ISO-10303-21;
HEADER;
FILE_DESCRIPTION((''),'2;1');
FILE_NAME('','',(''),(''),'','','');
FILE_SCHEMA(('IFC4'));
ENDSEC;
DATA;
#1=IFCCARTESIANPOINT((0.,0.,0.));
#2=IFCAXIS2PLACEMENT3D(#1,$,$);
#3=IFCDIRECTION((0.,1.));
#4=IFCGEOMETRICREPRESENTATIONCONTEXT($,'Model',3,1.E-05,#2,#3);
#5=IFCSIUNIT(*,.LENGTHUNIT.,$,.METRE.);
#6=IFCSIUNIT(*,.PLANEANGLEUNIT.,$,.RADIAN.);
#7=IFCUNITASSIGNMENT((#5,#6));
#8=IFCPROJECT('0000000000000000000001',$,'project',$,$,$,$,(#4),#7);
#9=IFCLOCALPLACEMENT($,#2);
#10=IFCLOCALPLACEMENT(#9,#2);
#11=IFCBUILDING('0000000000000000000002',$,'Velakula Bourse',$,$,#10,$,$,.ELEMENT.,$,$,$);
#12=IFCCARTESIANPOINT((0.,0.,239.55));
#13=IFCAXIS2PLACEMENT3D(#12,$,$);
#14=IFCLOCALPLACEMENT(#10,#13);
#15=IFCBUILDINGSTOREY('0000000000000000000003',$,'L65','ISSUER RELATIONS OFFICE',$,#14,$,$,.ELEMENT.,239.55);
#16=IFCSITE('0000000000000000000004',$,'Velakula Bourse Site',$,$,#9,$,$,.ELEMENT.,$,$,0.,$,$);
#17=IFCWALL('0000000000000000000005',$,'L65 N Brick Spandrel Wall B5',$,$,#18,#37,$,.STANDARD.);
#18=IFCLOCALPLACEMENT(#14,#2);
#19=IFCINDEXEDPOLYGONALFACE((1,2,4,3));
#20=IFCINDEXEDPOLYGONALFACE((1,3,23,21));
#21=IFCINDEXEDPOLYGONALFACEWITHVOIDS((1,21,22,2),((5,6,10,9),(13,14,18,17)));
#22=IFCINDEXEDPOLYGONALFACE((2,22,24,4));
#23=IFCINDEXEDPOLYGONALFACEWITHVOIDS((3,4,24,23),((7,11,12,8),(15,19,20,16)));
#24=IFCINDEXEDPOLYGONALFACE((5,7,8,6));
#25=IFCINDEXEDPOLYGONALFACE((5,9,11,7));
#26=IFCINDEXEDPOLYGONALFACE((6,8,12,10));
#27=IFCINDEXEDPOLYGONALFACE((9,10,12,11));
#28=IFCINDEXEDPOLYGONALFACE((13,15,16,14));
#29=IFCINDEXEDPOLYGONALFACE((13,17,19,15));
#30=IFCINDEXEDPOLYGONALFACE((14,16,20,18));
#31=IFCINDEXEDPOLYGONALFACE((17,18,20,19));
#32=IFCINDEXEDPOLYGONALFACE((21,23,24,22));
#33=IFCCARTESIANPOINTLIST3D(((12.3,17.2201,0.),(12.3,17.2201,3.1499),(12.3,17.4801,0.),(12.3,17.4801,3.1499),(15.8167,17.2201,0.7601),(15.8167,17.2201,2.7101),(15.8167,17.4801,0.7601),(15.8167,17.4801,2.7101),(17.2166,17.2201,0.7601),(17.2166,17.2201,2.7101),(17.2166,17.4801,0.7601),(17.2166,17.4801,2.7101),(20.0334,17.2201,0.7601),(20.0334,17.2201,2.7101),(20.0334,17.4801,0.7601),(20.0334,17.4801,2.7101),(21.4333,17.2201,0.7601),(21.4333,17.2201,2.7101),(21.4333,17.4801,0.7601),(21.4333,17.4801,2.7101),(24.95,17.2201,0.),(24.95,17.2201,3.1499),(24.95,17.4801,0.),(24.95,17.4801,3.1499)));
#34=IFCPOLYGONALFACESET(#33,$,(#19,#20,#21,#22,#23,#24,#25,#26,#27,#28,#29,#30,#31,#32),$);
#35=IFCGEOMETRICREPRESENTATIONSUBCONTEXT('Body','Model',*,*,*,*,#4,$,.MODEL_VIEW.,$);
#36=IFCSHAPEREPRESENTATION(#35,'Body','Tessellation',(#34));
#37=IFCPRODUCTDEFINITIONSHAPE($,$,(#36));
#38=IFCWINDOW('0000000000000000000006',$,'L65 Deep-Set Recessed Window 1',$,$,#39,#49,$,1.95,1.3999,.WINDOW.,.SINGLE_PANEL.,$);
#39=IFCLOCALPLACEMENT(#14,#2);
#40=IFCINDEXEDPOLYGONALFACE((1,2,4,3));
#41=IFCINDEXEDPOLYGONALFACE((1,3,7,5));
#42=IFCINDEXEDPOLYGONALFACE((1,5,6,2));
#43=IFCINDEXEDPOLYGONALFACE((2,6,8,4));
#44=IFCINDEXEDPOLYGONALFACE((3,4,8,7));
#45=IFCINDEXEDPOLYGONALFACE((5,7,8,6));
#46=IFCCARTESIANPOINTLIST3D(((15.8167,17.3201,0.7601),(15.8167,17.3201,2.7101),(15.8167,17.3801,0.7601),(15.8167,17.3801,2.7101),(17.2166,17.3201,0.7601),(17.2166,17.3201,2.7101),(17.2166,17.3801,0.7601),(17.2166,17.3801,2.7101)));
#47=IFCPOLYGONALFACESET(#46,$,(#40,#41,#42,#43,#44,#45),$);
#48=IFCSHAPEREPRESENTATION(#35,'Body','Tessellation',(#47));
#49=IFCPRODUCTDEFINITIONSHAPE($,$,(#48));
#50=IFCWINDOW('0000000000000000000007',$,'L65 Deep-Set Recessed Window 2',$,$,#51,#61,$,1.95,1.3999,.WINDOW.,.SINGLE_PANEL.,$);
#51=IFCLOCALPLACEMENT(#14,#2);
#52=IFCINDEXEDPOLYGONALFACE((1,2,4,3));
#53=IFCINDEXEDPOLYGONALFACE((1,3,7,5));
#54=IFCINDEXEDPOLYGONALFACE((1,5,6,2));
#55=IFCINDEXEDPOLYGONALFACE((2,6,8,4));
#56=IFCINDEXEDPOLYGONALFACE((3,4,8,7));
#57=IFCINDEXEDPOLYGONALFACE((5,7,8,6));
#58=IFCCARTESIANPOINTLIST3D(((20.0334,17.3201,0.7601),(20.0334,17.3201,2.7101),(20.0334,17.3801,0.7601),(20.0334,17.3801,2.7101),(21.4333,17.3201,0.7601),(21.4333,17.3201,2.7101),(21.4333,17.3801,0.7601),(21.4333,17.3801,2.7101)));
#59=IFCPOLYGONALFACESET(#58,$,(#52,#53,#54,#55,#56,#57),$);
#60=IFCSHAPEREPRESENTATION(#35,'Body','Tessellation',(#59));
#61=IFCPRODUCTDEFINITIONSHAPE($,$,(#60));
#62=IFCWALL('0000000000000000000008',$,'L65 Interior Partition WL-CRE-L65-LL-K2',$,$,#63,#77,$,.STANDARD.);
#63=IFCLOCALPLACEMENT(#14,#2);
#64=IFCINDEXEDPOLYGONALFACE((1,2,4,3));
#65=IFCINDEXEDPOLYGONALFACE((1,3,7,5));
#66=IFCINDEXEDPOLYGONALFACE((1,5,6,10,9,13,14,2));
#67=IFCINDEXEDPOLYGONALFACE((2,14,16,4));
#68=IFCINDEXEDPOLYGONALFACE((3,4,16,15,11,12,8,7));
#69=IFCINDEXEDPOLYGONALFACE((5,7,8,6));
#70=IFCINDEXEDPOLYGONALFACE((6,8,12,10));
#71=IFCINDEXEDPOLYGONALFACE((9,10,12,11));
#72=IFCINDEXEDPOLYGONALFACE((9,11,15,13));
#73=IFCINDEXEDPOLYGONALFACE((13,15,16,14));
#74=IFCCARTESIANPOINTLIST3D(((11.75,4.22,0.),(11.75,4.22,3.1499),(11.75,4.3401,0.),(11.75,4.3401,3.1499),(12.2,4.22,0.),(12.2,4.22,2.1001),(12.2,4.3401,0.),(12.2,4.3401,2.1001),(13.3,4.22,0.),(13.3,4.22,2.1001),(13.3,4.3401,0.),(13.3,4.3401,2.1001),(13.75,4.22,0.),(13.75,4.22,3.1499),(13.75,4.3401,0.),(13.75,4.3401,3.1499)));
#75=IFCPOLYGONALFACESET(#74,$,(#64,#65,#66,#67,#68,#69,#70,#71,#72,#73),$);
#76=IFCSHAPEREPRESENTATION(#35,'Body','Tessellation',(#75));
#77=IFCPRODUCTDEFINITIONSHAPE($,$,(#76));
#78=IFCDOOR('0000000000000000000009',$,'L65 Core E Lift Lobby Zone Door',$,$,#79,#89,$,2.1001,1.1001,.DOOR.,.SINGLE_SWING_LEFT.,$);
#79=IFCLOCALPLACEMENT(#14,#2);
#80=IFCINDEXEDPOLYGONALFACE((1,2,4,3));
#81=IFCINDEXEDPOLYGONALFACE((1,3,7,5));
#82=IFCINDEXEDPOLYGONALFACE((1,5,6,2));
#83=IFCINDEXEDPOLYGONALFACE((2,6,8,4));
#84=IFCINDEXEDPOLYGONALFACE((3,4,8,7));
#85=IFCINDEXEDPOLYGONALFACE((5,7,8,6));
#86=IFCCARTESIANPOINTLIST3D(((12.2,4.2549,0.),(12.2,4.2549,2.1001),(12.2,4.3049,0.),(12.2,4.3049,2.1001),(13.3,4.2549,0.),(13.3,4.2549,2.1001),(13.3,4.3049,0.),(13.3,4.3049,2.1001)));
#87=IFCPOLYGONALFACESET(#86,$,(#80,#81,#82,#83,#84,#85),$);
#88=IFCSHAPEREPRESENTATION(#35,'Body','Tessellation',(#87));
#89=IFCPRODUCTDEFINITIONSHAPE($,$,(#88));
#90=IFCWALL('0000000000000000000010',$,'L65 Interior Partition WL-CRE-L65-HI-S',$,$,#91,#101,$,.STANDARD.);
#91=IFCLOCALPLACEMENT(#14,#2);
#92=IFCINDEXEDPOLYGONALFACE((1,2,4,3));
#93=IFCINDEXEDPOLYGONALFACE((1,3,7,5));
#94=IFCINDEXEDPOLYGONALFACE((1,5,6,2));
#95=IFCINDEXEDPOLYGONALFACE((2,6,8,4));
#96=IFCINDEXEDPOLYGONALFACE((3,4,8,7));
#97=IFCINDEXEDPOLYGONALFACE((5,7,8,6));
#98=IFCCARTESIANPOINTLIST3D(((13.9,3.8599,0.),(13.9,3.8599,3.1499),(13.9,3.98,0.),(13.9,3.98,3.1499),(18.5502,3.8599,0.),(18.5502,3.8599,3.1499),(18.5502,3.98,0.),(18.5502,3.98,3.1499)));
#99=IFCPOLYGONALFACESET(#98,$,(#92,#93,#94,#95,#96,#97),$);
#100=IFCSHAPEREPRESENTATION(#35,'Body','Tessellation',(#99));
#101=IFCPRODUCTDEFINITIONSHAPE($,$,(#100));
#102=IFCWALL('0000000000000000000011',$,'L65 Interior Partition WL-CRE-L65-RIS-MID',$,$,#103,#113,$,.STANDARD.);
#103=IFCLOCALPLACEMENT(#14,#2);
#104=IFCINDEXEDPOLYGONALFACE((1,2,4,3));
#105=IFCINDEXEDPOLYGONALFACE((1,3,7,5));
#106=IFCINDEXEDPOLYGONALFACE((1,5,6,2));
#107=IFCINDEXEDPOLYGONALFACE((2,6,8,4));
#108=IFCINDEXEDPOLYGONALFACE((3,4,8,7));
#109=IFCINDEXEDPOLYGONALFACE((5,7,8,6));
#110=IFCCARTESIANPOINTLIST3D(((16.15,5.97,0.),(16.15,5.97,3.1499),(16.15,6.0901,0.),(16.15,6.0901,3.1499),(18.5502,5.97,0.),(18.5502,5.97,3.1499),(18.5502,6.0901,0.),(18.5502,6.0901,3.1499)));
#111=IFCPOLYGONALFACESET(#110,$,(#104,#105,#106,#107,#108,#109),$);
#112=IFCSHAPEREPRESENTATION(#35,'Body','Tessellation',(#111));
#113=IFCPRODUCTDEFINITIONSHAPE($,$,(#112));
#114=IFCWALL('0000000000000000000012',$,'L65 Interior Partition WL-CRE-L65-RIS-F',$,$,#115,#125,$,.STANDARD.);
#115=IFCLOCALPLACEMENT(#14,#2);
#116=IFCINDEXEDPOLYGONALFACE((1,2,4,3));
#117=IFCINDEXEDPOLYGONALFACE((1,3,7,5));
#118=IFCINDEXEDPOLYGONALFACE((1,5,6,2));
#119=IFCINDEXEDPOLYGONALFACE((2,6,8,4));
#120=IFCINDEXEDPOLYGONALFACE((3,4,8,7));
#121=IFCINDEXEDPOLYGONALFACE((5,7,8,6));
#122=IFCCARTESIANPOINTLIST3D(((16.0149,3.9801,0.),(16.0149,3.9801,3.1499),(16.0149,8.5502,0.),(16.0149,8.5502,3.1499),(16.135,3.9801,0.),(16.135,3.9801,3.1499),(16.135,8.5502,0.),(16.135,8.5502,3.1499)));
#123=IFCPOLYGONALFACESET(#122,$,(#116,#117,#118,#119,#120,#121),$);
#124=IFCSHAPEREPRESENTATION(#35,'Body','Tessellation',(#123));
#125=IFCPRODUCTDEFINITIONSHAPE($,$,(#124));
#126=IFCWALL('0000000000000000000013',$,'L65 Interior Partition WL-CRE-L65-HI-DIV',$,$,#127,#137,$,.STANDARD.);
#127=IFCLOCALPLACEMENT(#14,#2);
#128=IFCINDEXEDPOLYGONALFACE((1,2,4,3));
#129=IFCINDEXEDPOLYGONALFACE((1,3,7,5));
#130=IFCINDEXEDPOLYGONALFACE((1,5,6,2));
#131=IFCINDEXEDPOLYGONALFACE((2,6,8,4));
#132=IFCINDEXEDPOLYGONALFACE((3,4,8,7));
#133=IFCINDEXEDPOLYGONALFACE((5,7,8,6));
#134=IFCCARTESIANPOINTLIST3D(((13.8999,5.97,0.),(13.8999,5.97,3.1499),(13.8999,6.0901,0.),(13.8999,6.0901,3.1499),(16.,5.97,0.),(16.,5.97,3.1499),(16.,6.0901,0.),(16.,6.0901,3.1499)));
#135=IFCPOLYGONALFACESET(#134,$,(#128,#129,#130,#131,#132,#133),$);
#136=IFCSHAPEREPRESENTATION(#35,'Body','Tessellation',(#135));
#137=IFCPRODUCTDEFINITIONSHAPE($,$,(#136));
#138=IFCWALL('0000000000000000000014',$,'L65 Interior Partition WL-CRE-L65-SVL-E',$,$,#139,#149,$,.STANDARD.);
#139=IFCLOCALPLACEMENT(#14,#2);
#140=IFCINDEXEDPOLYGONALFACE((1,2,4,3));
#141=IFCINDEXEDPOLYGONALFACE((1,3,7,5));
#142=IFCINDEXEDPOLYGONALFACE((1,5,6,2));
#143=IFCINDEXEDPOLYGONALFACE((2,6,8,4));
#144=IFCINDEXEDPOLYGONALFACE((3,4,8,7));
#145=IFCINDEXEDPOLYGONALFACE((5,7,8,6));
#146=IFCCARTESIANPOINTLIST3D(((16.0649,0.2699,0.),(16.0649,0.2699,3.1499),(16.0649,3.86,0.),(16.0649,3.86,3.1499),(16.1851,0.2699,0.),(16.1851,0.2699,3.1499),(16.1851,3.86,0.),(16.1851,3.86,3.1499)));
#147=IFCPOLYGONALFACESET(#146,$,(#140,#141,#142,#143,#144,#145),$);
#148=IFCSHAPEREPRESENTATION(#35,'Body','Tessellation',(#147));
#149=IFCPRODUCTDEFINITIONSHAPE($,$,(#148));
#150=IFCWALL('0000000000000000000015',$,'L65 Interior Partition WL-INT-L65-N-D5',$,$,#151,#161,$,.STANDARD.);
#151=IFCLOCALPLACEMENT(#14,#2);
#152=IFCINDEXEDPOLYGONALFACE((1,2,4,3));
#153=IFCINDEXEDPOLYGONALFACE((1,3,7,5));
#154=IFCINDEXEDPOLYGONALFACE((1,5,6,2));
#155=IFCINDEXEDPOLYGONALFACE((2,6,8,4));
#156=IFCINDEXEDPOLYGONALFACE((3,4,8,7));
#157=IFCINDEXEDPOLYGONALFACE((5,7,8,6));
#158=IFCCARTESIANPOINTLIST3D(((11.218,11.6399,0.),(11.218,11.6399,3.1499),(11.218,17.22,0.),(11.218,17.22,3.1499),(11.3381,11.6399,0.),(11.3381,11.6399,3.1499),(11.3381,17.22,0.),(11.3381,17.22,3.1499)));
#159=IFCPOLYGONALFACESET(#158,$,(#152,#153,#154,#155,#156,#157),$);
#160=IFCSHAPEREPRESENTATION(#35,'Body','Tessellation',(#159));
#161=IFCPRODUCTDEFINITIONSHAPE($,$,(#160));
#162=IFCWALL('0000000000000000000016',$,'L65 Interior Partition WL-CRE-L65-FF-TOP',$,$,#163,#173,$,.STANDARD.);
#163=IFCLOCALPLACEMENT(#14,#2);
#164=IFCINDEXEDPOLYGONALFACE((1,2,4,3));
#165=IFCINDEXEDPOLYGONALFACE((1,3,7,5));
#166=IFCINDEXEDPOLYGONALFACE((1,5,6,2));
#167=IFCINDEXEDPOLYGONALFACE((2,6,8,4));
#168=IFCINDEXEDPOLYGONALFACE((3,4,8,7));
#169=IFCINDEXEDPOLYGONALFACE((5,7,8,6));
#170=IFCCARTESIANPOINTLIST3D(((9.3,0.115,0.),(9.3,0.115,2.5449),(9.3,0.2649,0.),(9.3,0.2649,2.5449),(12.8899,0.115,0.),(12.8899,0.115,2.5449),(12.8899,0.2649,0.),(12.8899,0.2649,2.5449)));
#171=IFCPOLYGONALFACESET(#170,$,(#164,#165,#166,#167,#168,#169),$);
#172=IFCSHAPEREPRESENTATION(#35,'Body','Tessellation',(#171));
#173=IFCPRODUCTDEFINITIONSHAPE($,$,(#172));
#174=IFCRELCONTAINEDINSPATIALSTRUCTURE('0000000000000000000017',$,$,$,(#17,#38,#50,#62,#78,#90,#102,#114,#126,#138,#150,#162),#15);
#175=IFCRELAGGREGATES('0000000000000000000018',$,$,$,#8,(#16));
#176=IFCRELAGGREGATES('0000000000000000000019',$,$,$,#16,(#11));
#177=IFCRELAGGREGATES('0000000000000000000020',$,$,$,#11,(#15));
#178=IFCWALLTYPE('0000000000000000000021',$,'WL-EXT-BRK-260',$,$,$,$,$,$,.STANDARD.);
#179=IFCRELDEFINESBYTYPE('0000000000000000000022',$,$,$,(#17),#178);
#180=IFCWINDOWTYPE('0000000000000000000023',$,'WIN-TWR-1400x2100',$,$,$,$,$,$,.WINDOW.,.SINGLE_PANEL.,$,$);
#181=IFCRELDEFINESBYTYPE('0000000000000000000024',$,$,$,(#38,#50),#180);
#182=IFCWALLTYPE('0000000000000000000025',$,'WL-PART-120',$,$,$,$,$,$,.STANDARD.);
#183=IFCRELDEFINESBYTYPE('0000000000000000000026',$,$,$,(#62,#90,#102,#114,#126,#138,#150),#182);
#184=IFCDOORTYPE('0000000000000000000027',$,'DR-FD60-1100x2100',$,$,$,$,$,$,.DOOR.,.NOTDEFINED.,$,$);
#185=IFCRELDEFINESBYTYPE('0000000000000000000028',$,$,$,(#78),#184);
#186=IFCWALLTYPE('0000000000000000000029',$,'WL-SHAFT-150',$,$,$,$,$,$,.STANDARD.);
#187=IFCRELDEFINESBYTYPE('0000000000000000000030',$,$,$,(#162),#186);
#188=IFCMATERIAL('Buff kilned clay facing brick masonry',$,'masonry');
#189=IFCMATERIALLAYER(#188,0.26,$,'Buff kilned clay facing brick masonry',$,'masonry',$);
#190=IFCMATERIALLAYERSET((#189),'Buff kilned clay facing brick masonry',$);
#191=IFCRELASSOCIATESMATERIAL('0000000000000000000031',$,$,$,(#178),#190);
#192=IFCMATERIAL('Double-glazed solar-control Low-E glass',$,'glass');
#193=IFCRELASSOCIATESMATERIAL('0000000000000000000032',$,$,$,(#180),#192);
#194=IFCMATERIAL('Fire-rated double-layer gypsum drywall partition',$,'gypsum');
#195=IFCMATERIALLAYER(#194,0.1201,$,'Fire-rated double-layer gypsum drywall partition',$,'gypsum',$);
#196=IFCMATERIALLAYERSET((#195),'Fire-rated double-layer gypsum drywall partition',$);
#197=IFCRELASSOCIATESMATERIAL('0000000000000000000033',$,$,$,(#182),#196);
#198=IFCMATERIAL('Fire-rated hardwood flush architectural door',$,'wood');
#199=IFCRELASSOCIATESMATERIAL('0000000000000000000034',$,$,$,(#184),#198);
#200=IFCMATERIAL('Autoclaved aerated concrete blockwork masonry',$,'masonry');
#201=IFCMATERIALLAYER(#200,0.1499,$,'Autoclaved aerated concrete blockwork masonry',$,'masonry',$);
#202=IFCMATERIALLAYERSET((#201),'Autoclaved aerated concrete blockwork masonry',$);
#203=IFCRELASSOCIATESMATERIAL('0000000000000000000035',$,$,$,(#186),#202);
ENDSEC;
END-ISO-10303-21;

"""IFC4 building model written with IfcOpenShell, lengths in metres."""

from ifc_helpers import new_model, si_unit, direction, frame, frame_2d, origin, place, context, subcontext, project, spatial, rectangle, extrude, material, layer, layer_set, type_object, element, fill, save


model = new_model("IFC4")

# Units and contexts
model_context = context("Model", 3, precision=1e-05, world=origin(), true_north=direction((0.0, 1.0)))
body_context = subcontext(model_context, "Body", "Model", "MODEL_VIEW")
ifc_project = project(units=[si_unit("LENGTHUNIT", "METRE"), si_unit("PLANEANGLEUNIT", "RADIAN")], contexts=[model_context])

# Site, building, storey
site_placement = place(None, origin())
site = spatial("IfcSite", under=ifc_project, at=site_placement, Name="Velakula Bourse Site", CompositionType="ELEMENT", RefElevation=0.0)
building_placement = place(site_placement, origin())
building = spatial("IfcBuilding", under=site, at=building_placement, Name="Velakula Bourse", CompositionType="ELEMENT")
storey_placement = place(building_placement, frame((0.0, 0.0, 239.55)))
storey = spatial("IfcBuildingStorey", under=building, at=storey_placement, Name="L65", Description="ISSUER RELATIONS OFFICE", CompositionType="ELEMENT", Elevation=239.55)

# Wall, openings, windows
ifc_material_1 = material(Name="Buff kilned clay facing brick masonry", Category="masonry")
ifc_layer_1 = layer(ifc_material_1, 0.26, Name="Buff kilned clay facing brick masonry", Category="masonry")
ifc_layer_set_1 = layer_set([ifc_layer_1], Name="Buff kilned clay facing brick masonry")
wall_type_1 = type_object("IfcWallType", Name="WL-EXT-BRK-260", PredefinedType="STANDARD", material=ifc_layer_set_1)
wall_1_placement = place(storey_placement, frame((12.3, 17.3501, 0.0), z_axis=(0.0, 0.0, 1.0), x_axis=(1.0, 0.0, 0.0)))
wall_1 = element("IfcWall", 1, at=wall_1_placement, inside=storey, type_object=wall_type_1, Name="L65 N Brick Spandrel Wall B5", PredefinedType="STANDARD", context=body_context, shape_type="SweptSolid", body=[
    extrude(rectangle(XDim=12.6499, YDim=0.26, at=frame_2d((6.325, 0.0))), origin(), (0.0, 0.0, 1.0), 3.1499),
])
opening_1_placement = place(wall_1_placement, frame((3.5166, 0.0, 0.76)))
opening_1 = element("IfcOpeningElement", 2, at=opening_1_placement, cuts=wall_1, PredefinedType="OPENING", context=body_context, shape_type="SweptSolid", body=[
    extrude(rectangle(XDim=1.3999, YDim=1.95, at=frame_2d((0.7, 0.9751))), frame((0.0, 0.1399, 0.0), z_axis=(0.0, -1.0, 0.0), x_axis=(1.0, 0.0, 0.0)), (0.0, 0.0, 1.0), 0.28),
])
opening_2_placement = place(wall_1_placement, frame((7.7334, 0.0, 0.76)))
opening_2 = element("IfcOpeningElement", 3, at=opening_2_placement, cuts=wall_1, PredefinedType="OPENING", context=body_context, shape_type="SweptSolid", body=[
    extrude(rectangle(XDim=1.3999, YDim=1.95, at=frame_2d((0.7, 0.9751))), frame((0.0, 0.1399, 0.0), z_axis=(0.0, -1.0, 0.0), x_axis=(1.0, 0.0, 0.0)), (0.0, 0.0, 1.0), 0.28),
])
ifc_material_2 = material(Name="Double-glazed solar-control Low-E glass", Category="glass")
window_type = type_object("IfcWindowType", Name="WIN-TWR-1400x2100", PartitioningType="SINGLE_PANEL", PredefinedType="WINDOW", material=ifc_material_2)
window_1_placement = place(opening_1_placement, origin())
window_1 = element("IfcWindow", 4, at=window_1_placement, inside=storey, type_object=window_type, Name="L65 Deep-Set Recessed Window 1", OverallHeight=1.95, OverallWidth=1.3999, PartitioningType="SINGLE_PANEL", PredefinedType="WINDOW", context=body_context, shape_type="SweptSolid", body=[
    extrude(rectangle(XDim=1.3999, YDim=1.95, at=frame_2d((0.7, 0.9751))), frame((0.0, 0.03, 0.0), z_axis=(0.0, -1.0, 0.0), x_axis=(1.0, 0.0, 0.0)), (0.0, 0.0, 1.0), 0.0601),
])
fill(opening_1, window_1)
window_2_placement = place(opening_2_placement, origin())
window_2 = element("IfcWindow", 5, at=window_2_placement, inside=storey, type_object=window_type, Name="L65 Deep-Set Recessed Window 2", OverallHeight=1.95, OverallWidth=1.3999, PartitioningType="SINGLE_PANEL", PredefinedType="WINDOW", context=body_context, shape_type="SweptSolid", body=[
    extrude(rectangle(XDim=1.3999, YDim=1.95, at=frame_2d((0.7, 0.9751))), frame((0.0, 0.03, 0.0), z_axis=(0.0, -1.0, 0.0), x_axis=(1.0, 0.0, 0.0)), (0.0, 0.0, 1.0), 0.0601),
])
fill(opening_2, window_2)

# Wall, opening, door
ifc_material_3 = material(Name="Fire-rated double-layer gypsum drywall partition", Category="gypsum")
ifc_layer_2 = layer(ifc_material_3, 0.1201, Name="Fire-rated double-layer gypsum drywall partition", Category="gypsum")
ifc_layer_set_2 = layer_set([ifc_layer_2], Name="Fire-rated double-layer gypsum drywall partition")
wall_type_2 = type_object("IfcWallType", Name="WL-PART-120", PredefinedType="STANDARD", material=ifc_layer_set_2)
wall_2_placement = place(storey_placement, frame((11.75, 4.28, 0.0), z_axis=(0.0, 0.0, 1.0), x_axis=(1.0, 0.0, 0.0)))
wall_2 = element("IfcWall", 6, at=wall_2_placement, inside=storey, type_object=wall_type_2, Name="L65 Interior Partition WL-CRE-L65-LL-K2", PredefinedType="STANDARD", context=body_context, shape_type="SweptSolid", body=[
    extrude(rectangle(XDim=2.0, YDim=0.1201, at=frame_2d((1.0, 0.0))), origin(), (0.0, 0.0, 1.0), 3.1499),
])
opening_3_placement = place(wall_2_placement, frame((0.45, 0.0, 0.0)))
opening_3 = element("IfcOpeningElement", 7, at=opening_3_placement, cuts=wall_2, PredefinedType="OPENING", context=body_context, shape_type="SweptSolid", body=[
    extrude(rectangle(XDim=1.1001, YDim=2.1001, at=frame_2d((0.55, 1.05))), frame((0.0, 0.0701, 0.0), z_axis=(0.0, -1.0, 0.0), x_axis=(1.0, 0.0, 0.0)), (0.0, 0.0, 1.0), 0.1401),
])
ifc_material_4 = material(Name="Fire-rated hardwood flush architectural door", Category="wood")
door_type_1 = type_object("IfcDoorType", Name="DR-FD60-1100x2100", OperationType="NOTDEFINED", PredefinedType="DOOR", material=ifc_material_4)
door_1_placement = place(opening_3_placement, origin())
door_1 = element("IfcDoor", 8, at=door_1_placement, inside=storey, type_object=door_type_1, Name="L65 Core E Lift Lobby Zone Door", OperationType="SINGLE_SWING_LEFT", OverallHeight=2.1001, OverallWidth=1.1001, PredefinedType="DOOR", context=body_context, shape_type="SweptSolid", body=[
    extrude(rectangle(XDim=1.1001, YDim=2.1001, at=frame_2d((0.55, 1.05))), frame((0.0, 0.0249, 0.0), z_axis=(0.0, -1.0, 0.0), x_axis=(1.0, 0.0, 0.0)), (0.0, 0.0, 1.0), 0.05),
])
fill(opening_3, door_1)

# Walls
wall_3_placement = place(storey_placement, frame((13.8999, 3.9199, 0.0), z_axis=(0.0, 0.0, 1.0), x_axis=(1.0, 0.0, 0.0)))
element("IfcWall", 9, at=wall_3_placement, inside=storey, type_object=wall_type_2, Name="L65 Interior Partition WL-CRE-L65-HI-S", PredefinedType="STANDARD", context=body_context, shape_type="SweptSolid", body=[
    extrude(rectangle(XDim=4.6501, YDim=0.1201, at=frame_2d((2.3252, 0.0))), origin(), (0.0, 0.0, 1.0), 3.1499),
])
wall_4_placement = place(storey_placement, frame((16.1499, 6.03, 0.0), z_axis=(0.0, 0.0, 1.0), x_axis=(1.0, 0.0, 0.0)))
element("IfcWall", 10, at=wall_4_placement, inside=storey, type_object=wall_type_2, Name="L65 Interior Partition WL-CRE-L65-RIS-MID", PredefinedType="STANDARD", context=body_context, shape_type="SweptSolid", body=[
    extrude(rectangle(XDim=2.4001, YDim=0.1201, at=frame_2d((1.2002, 0.0))), origin(), (0.0, 0.0, 1.0), 3.1499),
])
wall_5_placement = place(storey_placement, frame((16.075, 3.98, 0.0), z_axis=(0.0, 0.0, 1.0), x_axis=(0.0, 1.0, 0.0)))
element("IfcWall", 11, at=wall_5_placement, inside=storey, type_object=wall_type_2, Name="L65 Interior Partition WL-CRE-L65-RIS-F", PredefinedType="STANDARD", context=body_context, shape_type="SweptSolid", body=[
    extrude(rectangle(XDim=4.5701, YDim=0.1201, at=frame_2d((2.2852, 0.0))), origin(), (0.0, 0.0, 1.0), 3.1499),
])
wall_6_placement = place(storey_placement, frame((13.8999, 6.03, 0.0), z_axis=(0.0, 0.0, 1.0), x_axis=(1.0, 0.0, 0.0)))
element("IfcWall", 12, at=wall_6_placement, inside=storey, type_object=wall_type_2, Name="L65 Interior Partition WL-CRE-L65-HI-DIV", PredefinedType="STANDARD", context=body_context, shape_type="SweptSolid", body=[
    extrude(rectangle(XDim=2.1001, YDim=0.1201, at=frame_2d((1.05, 0.0))), origin(), (0.0, 0.0, 1.0), 3.1499),
])
wall_7_placement = place(storey_placement, frame((16.125, 0.27, 0.0), z_axis=(0.0, 0.0, 1.0), x_axis=(0.0, 1.0, 0.0)))
element("IfcWall", 13, at=wall_7_placement, inside=storey, type_object=wall_type_2, Name="L65 Interior Partition WL-CRE-L65-SVL-E", PredefinedType="STANDARD", context=body_context, shape_type="SweptSolid", body=[
    extrude(rectangle(XDim=3.5901, YDim=0.1201, at=frame_2d((1.7949, 0.0))), origin(), (0.0, 0.0, 1.0), 3.1499),
])
wall_8_placement = place(storey_placement, frame((11.2781, 11.6399, 0.0), z_axis=(0.0, 0.0, 1.0), x_axis=(0.0, 1.0, 0.0)))
element("IfcWall", 14, at=wall_8_placement, inside=storey, type_object=wall_type_2, Name="L65 Interior Partition WL-INT-L65-N-D5", PredefinedType="STANDARD", context=body_context, shape_type="SweptSolid", body=[
    extrude(rectangle(XDim=5.5801, YDim=0.1201, at=frame_2d((2.79, 0.0))), origin(), (0.0, 0.0, 1.0), 3.1499),
])
ifc_material_5 = material(Name="Autoclaved aerated concrete blockwork masonry", Category="masonry")
ifc_layer_3 = layer(ifc_material_5, 0.1499, Name="Autoclaved aerated concrete blockwork masonry", Category="masonry")
ifc_layer_set_3 = layer_set([ifc_layer_3], Name="Autoclaved aerated concrete blockwork masonry")
wall_type_3 = type_object("IfcWallType", Name="WL-SHAFT-150", PredefinedType="STANDARD", material=ifc_layer_set_3)
wall_9_placement = place(storey_placement, frame((9.3, 0.1899, 0.0), z_axis=(0.0, 0.0, 1.0), x_axis=(1.0, 0.0, 0.0)))
element("IfcWall", 15, at=wall_9_placement, inside=storey, type_object=wall_type_3, Name="L65 Interior Partition WL-CRE-L65-FF-TOP", PredefinedType="STANDARD", context=body_context, shape_type="SweptSolid", body=[
    extrude(rectangle(XDim=3.5898, YDim=0.1499, at=frame_2d((1.7949, 0.0))), origin(), (0.0, 0.0, 1.0), 2.5449),
])

save(model, "model.ifc")
